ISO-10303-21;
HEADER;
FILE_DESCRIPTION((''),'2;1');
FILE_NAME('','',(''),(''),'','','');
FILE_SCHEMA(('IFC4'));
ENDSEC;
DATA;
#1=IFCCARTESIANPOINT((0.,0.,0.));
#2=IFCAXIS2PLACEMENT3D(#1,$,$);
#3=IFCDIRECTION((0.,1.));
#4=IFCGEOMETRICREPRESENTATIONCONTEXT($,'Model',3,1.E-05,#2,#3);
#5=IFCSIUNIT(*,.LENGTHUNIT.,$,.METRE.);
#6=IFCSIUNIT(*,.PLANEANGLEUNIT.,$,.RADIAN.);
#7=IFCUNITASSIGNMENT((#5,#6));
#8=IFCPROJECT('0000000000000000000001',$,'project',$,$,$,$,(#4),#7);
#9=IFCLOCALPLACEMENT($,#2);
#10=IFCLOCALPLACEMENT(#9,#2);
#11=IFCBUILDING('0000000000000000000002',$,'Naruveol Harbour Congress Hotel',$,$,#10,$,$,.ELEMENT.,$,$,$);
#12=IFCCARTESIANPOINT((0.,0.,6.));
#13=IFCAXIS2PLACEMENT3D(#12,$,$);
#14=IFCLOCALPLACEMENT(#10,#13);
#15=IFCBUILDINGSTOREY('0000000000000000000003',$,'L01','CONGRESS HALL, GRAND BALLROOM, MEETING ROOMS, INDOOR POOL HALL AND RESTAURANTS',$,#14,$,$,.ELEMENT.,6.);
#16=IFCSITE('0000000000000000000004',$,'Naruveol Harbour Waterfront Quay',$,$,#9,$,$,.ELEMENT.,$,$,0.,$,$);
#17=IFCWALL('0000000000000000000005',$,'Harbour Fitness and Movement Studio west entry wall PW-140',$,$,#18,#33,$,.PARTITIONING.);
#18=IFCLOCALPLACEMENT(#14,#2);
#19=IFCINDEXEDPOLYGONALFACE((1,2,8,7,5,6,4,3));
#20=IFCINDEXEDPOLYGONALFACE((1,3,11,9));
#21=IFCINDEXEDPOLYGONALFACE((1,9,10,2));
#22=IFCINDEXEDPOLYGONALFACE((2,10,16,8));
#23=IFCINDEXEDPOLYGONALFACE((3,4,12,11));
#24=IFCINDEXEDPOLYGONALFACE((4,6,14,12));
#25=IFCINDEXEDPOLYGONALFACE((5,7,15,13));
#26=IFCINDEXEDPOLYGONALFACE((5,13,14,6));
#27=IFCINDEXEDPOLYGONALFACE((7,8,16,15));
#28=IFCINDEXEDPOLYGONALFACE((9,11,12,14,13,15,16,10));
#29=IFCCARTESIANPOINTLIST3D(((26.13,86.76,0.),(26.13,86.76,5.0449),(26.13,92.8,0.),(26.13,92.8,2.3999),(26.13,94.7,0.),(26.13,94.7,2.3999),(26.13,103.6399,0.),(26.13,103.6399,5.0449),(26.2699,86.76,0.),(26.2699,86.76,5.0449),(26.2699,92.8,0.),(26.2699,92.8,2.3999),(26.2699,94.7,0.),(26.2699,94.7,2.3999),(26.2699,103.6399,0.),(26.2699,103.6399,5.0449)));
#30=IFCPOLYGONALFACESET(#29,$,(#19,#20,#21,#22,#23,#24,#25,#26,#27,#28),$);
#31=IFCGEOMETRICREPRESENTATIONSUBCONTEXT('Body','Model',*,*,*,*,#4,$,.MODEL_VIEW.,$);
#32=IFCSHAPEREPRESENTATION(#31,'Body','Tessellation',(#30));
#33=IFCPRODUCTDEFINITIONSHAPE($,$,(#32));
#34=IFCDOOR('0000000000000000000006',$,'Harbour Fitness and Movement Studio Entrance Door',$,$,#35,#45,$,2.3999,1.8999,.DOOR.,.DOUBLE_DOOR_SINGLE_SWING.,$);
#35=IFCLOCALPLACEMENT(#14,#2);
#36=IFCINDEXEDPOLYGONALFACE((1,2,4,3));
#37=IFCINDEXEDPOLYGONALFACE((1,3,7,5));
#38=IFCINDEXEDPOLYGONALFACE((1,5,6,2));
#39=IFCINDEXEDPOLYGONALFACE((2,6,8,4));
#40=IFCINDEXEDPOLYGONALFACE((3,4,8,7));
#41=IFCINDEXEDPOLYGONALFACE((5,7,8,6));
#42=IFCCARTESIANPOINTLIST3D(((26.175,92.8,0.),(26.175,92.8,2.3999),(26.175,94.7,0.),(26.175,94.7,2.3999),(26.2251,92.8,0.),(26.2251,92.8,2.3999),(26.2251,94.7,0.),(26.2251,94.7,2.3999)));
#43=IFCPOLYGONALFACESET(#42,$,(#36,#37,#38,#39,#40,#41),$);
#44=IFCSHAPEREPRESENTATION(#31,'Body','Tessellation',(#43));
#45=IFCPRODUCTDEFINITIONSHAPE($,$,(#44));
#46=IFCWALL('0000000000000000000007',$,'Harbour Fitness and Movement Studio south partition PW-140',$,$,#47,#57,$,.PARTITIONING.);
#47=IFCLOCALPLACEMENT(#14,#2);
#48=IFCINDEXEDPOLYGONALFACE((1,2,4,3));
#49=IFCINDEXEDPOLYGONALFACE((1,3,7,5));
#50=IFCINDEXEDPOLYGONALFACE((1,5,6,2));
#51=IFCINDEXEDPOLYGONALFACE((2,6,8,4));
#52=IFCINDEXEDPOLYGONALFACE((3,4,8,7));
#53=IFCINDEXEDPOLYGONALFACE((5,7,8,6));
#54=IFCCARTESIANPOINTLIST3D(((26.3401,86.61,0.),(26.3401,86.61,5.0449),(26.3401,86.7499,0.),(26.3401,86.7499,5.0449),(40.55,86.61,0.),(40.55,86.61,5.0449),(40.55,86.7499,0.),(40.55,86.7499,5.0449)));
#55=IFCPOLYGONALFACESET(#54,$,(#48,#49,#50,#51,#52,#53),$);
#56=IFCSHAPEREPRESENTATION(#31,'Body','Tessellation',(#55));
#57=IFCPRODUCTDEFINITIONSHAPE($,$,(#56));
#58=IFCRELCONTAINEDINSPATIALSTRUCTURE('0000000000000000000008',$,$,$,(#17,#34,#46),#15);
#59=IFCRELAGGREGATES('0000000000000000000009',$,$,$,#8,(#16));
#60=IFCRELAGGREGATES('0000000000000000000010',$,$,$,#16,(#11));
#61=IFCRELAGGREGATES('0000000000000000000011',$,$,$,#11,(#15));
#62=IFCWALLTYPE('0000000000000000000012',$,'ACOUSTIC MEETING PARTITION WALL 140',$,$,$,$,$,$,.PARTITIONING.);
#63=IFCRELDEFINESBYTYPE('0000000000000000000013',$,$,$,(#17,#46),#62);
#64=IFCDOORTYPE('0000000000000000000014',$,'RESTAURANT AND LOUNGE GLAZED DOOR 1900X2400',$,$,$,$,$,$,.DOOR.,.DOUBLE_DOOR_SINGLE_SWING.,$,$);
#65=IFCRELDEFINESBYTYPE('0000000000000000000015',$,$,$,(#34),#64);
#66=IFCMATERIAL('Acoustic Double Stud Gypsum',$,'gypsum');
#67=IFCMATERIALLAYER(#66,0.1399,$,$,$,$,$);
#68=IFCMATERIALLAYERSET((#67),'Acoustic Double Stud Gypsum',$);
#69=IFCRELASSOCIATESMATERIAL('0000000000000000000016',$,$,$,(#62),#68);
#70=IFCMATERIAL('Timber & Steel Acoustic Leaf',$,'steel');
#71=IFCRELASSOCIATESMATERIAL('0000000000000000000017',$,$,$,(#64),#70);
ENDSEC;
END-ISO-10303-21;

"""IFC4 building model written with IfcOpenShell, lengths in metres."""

from ifc_helpers import new_model, si_unit, direction, frame, frame_2d, origin, place, context, subcontext, project, spatial, rectangle, extrude, material, layer, layer_set, type_object, element, fill, save


model = new_model("IFC4")

# Units and contexts
model_context = context("Model", 3, precision=1e-05, world=origin(), true_north=direction((0.0, 1.0)))
body_context = subcontext(model_context, "Body", "Model", "MODEL_VIEW")
ifc_project = project(units=[si_unit("LENGTHUNIT", "METRE"), si_unit("PLANEANGLEUNIT", "RADIAN")], contexts=[model_context])

# Site, building, storey
site_placement = place(None, origin())
site = spatial("IfcSite", under=ifc_project, at=site_placement, Name="Naruveol Harbour Waterfront Quay", CompositionType="ELEMENT", RefElevation=0.0)
building_placement = place(site_placement, origin())
building = spatial("IfcBuilding", under=site, at=building_placement, Name="Naruveol Harbour Congress Hotel", CompositionType="ELEMENT")
storey_placement = place(building_placement, frame((0.0, 0.0, 6.0)))
storey = spatial("IfcBuildingStorey", under=building, at=storey_placement, Name="L01", Description="CONGRESS HALL, GRAND BALLROOM, MEETING ROOMS, INDOOR POOL HALL AND RESTAURANTS", CompositionType="ELEMENT", Elevation=6.0)

# Wall, opening, door
ifc_material_1 = material(Name="Acoustic Double Stud Gypsum", Category="gypsum")
ifc_layer = layer(ifc_material_1, 0.1399)
ifc_layer_set = layer_set([ifc_layer], Name="Acoustic Double Stud Gypsum")
wall_type = type_object("IfcWallType", Name="ACOUSTIC MEETING PARTITION WALL 140", PredefinedType="PARTITIONING", material=ifc_layer_set)
wall_1_placement = place(storey_placement, frame((26.2, 86.76, 0.0), z_axis=(0.0, 0.0, 1.0), x_axis=(0.0, 1.0, 0.0)))
wall_1 = element("IfcWall", 1, at=wall_1_placement, inside=storey, type_object=wall_type, Name="Harbour Fitness and Movement Studio west entry wall PW-140", PredefinedType="PARTITIONING", context=body_context, shape_type="SweptSolid", body=[
    extrude(rectangle(XDim=16.8799, YDim=0.1399, at=frame_2d((8.4399, 0.0))), origin(), (0.0, 0.0, 1.0), 5.0449),
])
opening_placement = place(wall_1_placement, frame((6.04, 0.0, 0.0)))
opening = element("IfcOpeningElement", 2, at=opening_placement, cuts=wall_1, PredefinedType="OPENING", context=body_context, shape_type="SweptSolid", body=[
    extrude(rectangle(XDim=1.8999, YDim=2.3999, at=frame_2d((0.95, 1.2))), frame((0.0, 0.0798, 0.0), z_axis=(0.0, -1.0, 0.0), x_axis=(1.0, 0.0, 0.0)), (0.0, 0.0, 1.0), 0.1599),
])
ifc_material_2 = material(Name="Timber & Steel Acoustic Leaf", Category="steel")
door_type = type_object("IfcDoorType", Name="RESTAURANT AND LOUNGE GLAZED DOOR 1900X2400", OperationType="DOUBLE_DOOR_SINGLE_SWING", PredefinedType="DOOR", material=ifc_material_2)
door_placement = place(opening_placement, origin())
door = element("IfcDoor", 3, at=door_placement, inside=storey, type_object=door_type, Name="Harbour Fitness and Movement Studio Entrance Door", OperationType="DOUBLE_DOOR_SINGLE_SWING", OverallHeight=2.3999, OverallWidth=1.8999, PredefinedType="DOOR", context=body_context, shape_type="SweptSolid", body=[
    extrude(rectangle(XDim=1.8999, YDim=2.3999, at=frame_2d((0.95, 1.2))), frame((0.0, 0.0249, 0.0), z_axis=(0.0, -1.0, 0.0), x_axis=(1.0, 0.0, 0.0)), (0.0, 0.0, 1.0), 0.05),
])
fill(opening, door)

# Wall
wall_2_placement = place(storey_placement, frame((26.3401, 86.6799, 0.0), z_axis=(0.0, 0.0, 1.0), x_axis=(1.0, 0.0, 0.0)))
element("IfcWall", 4, at=wall_2_placement, inside=storey, type_object=wall_type, Name="Harbour Fitness and Movement Studio south partition PW-140", PredefinedType="PARTITIONING", context=body_context, shape_type="SweptSolid", body=[
    extrude(rectangle(XDim=14.21, YDim=0.1399, at=frame_2d((7.105, 0.0))), origin(), (0.0, 0.0, 1.0), 5.0449),
])

save(model, "model.ifc")
